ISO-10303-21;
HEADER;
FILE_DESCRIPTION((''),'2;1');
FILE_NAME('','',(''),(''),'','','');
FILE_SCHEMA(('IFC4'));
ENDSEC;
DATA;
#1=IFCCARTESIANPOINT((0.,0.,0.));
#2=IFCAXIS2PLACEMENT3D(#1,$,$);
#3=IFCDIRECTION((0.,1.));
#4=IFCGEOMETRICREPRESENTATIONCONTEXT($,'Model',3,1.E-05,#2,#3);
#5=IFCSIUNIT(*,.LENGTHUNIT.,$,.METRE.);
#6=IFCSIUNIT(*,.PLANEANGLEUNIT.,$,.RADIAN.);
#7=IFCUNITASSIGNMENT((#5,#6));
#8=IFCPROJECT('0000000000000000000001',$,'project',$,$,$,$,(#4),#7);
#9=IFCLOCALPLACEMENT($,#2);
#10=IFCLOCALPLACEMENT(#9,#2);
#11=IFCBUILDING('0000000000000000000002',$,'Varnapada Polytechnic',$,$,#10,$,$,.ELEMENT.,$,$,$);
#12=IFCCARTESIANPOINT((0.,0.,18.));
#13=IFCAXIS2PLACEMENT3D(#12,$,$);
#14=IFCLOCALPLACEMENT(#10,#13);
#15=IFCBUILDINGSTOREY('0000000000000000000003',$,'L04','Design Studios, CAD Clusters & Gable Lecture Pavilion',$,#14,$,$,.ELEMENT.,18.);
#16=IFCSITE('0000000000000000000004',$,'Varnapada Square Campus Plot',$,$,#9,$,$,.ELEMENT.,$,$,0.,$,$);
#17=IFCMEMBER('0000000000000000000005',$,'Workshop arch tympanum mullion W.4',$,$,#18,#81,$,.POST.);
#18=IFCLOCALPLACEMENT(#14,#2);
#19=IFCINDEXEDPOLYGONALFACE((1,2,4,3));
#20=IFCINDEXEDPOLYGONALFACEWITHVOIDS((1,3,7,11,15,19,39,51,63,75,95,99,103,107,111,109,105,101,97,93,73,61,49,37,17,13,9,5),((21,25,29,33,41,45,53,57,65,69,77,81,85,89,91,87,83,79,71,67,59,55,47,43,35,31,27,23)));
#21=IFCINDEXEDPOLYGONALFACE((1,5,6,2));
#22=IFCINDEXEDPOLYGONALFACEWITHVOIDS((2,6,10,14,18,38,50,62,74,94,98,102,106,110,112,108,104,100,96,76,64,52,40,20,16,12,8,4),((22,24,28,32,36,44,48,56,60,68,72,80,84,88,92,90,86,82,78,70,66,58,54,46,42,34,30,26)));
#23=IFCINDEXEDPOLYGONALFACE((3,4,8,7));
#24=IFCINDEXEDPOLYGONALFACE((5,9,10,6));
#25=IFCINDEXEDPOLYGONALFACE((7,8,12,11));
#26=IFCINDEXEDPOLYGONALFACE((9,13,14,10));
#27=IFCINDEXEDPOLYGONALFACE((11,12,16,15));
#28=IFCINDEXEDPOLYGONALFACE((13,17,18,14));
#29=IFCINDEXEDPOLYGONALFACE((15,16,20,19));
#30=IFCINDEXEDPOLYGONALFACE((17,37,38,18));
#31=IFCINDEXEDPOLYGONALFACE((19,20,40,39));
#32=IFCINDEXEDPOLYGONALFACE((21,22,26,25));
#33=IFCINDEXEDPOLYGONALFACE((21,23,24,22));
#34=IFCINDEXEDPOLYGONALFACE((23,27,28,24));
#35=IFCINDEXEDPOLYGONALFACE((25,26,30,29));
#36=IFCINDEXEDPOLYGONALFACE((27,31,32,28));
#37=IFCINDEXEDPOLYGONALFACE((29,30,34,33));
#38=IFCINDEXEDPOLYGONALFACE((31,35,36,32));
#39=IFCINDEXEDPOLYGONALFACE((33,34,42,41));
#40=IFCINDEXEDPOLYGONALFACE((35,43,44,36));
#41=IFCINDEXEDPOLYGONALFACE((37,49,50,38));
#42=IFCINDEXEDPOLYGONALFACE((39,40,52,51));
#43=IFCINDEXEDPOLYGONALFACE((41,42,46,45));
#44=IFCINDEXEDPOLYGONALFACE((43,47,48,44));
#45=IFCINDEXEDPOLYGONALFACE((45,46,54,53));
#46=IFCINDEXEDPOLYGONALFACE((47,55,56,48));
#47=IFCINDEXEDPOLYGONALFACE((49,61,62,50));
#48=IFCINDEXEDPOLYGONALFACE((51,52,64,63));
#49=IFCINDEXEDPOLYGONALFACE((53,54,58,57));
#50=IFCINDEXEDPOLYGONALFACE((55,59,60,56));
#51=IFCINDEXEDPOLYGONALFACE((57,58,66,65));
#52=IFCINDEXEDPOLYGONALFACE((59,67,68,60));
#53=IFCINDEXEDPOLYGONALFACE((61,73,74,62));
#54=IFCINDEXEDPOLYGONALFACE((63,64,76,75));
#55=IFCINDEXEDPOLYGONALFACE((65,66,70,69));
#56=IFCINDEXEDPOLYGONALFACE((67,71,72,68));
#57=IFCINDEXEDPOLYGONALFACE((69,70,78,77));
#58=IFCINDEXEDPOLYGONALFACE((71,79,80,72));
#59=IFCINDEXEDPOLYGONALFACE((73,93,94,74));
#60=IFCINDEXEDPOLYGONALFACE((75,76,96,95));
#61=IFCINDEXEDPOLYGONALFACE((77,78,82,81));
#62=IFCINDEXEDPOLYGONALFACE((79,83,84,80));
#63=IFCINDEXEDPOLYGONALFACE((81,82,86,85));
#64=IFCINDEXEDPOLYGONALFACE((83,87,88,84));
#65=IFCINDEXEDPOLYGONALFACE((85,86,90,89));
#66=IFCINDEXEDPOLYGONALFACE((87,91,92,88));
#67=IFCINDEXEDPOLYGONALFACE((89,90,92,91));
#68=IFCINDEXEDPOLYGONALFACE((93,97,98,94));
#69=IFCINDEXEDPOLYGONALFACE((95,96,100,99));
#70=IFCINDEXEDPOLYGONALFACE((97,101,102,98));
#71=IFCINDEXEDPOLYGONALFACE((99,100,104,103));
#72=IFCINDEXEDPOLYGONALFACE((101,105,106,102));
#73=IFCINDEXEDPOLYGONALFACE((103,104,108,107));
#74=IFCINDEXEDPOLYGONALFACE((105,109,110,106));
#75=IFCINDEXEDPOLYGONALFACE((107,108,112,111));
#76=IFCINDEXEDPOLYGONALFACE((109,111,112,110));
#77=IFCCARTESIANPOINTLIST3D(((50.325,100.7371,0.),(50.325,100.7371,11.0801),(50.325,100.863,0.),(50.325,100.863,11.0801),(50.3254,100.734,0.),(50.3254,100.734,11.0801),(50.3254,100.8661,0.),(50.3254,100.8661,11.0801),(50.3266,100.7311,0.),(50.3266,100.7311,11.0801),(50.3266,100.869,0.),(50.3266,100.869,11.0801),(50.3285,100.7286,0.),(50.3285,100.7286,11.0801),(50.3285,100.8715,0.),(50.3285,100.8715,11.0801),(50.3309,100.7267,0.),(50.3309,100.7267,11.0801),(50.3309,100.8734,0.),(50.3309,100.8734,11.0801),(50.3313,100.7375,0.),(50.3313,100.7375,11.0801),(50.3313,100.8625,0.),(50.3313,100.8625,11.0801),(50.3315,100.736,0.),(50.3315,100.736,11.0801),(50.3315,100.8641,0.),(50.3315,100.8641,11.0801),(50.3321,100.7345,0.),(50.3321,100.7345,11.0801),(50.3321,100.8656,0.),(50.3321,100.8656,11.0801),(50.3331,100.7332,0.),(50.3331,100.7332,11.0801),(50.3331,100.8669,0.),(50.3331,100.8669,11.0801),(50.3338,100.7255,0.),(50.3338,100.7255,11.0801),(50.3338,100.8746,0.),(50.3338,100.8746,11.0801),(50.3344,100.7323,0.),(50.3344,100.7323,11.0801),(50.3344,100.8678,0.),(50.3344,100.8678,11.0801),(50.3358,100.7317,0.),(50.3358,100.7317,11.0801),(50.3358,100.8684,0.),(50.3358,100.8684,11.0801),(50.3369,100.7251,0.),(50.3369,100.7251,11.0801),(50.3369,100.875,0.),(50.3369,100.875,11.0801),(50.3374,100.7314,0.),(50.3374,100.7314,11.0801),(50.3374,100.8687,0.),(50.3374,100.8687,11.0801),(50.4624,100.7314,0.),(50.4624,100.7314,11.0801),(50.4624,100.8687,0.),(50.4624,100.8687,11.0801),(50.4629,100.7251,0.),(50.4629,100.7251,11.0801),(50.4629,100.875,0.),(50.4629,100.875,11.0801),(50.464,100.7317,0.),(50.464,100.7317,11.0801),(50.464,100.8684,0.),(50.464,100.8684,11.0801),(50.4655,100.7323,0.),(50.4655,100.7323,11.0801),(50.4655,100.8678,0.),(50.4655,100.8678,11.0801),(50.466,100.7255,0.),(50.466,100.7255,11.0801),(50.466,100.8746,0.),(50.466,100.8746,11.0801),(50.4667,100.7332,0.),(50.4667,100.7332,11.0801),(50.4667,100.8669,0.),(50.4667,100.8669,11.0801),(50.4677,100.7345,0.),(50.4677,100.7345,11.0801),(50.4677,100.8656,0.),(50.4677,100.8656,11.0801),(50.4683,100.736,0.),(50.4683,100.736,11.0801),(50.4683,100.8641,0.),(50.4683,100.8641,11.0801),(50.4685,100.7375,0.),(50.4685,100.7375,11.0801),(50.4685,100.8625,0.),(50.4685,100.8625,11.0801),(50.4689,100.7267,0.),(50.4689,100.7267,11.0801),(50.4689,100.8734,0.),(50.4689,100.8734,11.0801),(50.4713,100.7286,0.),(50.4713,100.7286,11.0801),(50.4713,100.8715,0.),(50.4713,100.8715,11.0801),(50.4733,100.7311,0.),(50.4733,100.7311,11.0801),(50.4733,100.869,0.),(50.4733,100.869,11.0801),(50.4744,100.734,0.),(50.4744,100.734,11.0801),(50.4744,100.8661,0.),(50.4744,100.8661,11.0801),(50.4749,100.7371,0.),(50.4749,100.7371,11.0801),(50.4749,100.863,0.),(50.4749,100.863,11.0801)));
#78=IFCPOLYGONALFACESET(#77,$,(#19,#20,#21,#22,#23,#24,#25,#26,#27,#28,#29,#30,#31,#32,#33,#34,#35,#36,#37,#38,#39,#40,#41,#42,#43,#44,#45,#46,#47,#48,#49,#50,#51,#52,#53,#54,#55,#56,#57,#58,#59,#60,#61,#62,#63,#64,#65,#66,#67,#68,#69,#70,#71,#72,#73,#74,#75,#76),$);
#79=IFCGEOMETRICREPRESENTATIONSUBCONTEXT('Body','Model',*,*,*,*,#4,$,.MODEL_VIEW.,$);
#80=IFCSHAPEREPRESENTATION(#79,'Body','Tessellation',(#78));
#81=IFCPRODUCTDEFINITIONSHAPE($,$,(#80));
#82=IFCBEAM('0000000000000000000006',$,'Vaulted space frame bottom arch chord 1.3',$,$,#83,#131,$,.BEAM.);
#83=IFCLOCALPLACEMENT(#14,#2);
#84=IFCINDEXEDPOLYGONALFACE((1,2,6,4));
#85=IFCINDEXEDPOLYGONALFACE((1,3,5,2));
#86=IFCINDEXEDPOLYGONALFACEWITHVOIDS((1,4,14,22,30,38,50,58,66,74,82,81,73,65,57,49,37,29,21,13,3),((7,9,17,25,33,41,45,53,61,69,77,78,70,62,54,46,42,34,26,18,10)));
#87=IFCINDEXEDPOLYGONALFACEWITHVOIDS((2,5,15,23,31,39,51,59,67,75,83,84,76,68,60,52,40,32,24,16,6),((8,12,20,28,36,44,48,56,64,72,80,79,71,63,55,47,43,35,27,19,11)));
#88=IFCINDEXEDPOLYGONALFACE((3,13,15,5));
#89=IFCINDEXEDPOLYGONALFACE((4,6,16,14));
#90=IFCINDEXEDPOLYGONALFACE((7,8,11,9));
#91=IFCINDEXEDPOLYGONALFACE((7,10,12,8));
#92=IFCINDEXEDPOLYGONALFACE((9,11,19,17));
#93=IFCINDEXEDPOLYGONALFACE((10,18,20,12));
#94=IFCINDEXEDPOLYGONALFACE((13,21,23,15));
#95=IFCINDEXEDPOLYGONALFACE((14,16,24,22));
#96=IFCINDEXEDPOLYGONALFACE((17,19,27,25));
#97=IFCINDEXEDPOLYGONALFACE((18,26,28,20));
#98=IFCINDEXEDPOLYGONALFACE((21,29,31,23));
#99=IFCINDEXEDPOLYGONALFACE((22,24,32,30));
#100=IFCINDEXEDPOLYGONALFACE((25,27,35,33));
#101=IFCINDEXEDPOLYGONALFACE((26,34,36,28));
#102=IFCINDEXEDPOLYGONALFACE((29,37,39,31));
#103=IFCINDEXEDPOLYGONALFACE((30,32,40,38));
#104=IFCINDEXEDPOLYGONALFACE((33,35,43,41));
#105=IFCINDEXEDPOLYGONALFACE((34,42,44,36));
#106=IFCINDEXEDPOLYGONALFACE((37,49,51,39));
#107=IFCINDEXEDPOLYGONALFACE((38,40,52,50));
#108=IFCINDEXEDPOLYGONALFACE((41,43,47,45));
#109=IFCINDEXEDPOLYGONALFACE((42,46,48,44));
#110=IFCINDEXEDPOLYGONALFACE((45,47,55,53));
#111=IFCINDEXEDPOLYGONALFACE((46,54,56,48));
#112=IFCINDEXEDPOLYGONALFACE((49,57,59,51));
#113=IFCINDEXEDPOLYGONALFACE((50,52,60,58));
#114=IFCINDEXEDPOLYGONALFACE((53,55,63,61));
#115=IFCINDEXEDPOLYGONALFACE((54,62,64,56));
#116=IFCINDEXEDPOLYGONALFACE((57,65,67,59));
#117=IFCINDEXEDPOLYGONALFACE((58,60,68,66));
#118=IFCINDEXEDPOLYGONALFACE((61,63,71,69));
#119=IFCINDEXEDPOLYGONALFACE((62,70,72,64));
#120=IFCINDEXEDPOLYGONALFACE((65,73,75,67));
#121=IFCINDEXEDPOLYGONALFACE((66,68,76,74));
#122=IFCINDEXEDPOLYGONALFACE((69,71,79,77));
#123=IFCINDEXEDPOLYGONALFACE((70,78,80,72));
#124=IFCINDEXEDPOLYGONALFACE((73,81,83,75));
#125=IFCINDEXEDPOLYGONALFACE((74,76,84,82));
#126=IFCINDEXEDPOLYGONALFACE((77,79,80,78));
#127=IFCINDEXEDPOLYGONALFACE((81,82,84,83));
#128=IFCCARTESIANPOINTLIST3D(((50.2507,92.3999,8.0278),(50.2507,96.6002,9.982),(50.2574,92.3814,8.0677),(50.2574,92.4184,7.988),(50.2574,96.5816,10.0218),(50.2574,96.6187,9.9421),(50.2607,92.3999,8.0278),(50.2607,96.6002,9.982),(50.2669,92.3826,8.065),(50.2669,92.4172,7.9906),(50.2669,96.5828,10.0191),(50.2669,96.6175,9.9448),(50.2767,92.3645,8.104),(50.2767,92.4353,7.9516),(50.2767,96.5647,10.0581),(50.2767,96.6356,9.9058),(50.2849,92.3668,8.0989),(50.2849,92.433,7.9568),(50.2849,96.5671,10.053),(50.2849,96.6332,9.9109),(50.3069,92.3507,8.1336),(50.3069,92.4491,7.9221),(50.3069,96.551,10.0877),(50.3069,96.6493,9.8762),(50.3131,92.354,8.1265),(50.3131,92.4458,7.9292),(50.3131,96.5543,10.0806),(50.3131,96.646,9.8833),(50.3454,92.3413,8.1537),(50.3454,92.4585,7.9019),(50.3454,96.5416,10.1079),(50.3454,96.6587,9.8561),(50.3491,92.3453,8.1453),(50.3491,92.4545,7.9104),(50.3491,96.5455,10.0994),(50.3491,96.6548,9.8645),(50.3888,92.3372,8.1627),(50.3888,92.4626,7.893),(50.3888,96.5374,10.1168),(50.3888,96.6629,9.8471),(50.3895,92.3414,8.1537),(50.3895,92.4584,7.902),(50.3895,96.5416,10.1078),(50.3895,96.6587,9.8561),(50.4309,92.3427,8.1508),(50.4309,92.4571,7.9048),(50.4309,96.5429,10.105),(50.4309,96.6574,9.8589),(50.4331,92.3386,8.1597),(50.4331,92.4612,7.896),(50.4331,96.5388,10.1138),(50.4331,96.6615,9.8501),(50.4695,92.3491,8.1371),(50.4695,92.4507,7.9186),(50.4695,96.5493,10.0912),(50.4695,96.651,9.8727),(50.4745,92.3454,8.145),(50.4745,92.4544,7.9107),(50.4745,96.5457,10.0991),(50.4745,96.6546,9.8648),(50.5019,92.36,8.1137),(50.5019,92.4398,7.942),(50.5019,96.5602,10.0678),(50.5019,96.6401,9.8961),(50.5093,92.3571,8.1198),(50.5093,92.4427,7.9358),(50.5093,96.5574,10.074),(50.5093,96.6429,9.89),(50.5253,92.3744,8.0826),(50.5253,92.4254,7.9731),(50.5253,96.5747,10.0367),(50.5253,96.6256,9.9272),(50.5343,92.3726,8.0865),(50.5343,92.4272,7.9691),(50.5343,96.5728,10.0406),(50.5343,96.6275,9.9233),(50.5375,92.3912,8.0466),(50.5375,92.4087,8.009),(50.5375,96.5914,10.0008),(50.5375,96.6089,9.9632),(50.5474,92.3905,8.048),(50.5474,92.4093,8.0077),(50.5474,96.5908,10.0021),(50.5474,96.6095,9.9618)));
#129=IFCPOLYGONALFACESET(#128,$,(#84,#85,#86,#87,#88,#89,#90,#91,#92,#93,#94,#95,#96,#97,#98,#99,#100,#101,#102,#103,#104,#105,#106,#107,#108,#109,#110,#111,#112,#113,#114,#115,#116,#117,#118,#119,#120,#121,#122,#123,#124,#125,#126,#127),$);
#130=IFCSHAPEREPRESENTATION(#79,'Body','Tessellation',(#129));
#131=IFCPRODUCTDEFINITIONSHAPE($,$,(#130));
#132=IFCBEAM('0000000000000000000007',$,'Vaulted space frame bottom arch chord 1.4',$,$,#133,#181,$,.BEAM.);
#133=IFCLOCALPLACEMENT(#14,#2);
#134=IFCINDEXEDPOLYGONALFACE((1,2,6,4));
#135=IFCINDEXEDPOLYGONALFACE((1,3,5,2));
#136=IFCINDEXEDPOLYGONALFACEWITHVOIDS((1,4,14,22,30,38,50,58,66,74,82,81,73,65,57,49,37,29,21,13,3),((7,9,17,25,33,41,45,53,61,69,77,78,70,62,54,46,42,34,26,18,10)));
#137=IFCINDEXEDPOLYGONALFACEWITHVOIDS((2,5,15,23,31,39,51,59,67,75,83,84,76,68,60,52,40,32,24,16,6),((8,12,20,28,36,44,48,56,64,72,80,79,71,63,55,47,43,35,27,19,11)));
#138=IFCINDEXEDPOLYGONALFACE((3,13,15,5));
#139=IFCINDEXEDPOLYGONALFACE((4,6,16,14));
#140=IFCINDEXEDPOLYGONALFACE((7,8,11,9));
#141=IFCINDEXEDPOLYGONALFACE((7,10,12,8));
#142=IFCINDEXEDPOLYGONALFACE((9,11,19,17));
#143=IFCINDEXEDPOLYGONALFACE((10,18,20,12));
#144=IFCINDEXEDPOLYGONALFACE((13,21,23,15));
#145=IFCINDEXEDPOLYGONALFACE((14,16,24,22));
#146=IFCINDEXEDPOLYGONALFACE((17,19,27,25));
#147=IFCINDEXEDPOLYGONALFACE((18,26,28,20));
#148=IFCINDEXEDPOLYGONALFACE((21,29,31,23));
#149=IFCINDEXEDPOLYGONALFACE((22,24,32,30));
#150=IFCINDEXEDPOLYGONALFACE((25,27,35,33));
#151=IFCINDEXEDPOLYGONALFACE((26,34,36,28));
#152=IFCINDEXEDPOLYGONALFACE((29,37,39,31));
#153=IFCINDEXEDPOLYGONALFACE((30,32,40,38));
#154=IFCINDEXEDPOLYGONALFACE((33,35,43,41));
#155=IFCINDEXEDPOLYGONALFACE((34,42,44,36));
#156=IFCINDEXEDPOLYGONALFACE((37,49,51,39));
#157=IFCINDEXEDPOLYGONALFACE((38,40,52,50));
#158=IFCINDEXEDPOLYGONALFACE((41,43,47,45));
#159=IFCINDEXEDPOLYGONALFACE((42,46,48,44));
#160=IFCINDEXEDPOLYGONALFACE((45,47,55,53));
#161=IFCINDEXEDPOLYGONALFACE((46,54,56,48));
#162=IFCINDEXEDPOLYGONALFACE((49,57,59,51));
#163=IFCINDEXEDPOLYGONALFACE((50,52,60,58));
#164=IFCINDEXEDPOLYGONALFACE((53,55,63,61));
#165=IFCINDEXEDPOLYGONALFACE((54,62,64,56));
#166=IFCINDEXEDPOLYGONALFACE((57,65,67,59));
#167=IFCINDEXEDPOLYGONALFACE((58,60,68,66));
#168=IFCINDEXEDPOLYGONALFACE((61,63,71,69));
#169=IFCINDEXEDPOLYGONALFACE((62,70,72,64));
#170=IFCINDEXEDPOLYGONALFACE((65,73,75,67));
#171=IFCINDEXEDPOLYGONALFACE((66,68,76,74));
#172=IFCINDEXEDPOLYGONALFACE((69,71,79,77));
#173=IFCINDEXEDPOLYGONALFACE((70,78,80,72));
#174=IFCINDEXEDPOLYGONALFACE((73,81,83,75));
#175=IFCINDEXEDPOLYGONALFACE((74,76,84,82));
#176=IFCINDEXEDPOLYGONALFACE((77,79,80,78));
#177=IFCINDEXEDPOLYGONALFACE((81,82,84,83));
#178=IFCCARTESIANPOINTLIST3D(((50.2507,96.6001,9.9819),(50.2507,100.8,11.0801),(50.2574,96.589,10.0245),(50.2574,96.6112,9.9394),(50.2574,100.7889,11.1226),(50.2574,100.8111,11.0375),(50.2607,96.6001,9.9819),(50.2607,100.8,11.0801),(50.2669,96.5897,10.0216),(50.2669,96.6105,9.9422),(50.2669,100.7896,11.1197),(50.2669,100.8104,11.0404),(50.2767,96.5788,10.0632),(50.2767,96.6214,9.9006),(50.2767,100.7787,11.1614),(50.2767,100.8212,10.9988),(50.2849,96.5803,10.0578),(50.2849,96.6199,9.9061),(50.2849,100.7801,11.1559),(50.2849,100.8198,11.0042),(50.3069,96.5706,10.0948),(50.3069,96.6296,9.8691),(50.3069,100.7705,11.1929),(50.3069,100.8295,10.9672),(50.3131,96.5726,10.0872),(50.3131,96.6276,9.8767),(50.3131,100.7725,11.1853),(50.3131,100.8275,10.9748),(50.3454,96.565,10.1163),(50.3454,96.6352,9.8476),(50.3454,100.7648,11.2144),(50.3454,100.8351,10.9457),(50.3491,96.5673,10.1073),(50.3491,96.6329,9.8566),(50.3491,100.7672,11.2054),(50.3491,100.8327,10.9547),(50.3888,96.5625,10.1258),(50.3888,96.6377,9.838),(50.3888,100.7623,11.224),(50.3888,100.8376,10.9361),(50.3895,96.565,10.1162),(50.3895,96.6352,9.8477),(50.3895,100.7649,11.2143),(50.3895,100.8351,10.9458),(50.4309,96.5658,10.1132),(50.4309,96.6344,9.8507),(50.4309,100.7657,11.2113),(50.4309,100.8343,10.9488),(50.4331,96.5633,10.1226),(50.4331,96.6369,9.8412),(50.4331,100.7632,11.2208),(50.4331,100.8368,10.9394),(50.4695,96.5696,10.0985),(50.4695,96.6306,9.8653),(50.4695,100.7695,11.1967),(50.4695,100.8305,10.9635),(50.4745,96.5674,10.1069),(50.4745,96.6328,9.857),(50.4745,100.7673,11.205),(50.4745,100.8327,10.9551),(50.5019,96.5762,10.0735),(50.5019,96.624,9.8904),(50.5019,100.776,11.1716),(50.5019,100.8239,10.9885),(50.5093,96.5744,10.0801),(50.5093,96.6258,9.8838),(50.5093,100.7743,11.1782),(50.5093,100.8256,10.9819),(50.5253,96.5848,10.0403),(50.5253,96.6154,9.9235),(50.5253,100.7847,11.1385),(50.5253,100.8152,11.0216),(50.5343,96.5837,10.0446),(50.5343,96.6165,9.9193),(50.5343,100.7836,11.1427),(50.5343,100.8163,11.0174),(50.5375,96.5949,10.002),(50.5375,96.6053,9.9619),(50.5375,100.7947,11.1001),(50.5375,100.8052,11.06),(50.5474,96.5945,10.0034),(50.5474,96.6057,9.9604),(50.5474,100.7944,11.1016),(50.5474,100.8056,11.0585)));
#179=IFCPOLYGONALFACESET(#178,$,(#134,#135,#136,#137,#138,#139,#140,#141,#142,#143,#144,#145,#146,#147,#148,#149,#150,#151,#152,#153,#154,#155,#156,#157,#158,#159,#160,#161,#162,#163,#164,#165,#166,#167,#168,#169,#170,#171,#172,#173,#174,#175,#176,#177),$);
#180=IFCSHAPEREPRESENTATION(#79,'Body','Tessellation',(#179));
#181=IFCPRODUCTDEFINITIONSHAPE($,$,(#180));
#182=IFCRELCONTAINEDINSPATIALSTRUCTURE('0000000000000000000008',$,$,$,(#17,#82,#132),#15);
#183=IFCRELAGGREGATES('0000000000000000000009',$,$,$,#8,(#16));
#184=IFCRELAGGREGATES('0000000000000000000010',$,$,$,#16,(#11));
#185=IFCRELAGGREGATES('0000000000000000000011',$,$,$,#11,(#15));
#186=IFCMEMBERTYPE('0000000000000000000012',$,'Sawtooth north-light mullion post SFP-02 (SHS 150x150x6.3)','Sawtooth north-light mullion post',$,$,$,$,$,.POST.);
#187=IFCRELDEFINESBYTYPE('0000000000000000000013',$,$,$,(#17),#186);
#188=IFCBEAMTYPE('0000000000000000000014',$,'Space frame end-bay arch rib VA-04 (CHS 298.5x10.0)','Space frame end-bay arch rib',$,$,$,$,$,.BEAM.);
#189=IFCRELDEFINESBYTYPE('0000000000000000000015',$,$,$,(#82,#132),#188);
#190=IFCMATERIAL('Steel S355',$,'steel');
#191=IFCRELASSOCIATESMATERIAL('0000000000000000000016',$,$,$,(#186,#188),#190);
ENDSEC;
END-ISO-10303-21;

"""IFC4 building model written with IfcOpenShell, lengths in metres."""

from ifc_helpers import new_model, si_unit, direction, frame, origin, origin_2d, place, context, subcontext, project, spatial, hollow_rectangle, hollow_circle, extrude, material, material_profile, profile_set, type_object, element, save


model = new_model("IFC4")

# Units and contexts
model_context = context("Model", 3, precision=1e-05, world=origin(), true_north=direction((0.0, 1.0)))
body_context = subcontext(model_context, "Body", "Model", "MODEL_VIEW")
ifc_project = project(units=[si_unit("LENGTHUNIT", "METRE"), si_unit("PLANEANGLEUNIT", "RADIAN")], contexts=[model_context])

# Site, building, storey
site_placement = place(None, origin())
site = spatial("IfcSite", under=ifc_project, at=site_placement, Name="Varnapada Square Campus Plot", CompositionType="ELEMENT", RefElevation=0.0)
building_placement = place(site_placement, origin())
building = spatial("IfcBuilding", under=site, at=building_placement, Name="Varnapada Polytechnic", CompositionType="ELEMENT")
storey_placement = place(building_placement, frame((0.0, 0.0, 18.0)))
storey = spatial("IfcBuildingStorey", under=building, at=storey_placement, Name="L04", Description="Design Studios, CAD Clusters & Gable Lecture Pavilion", CompositionType="ELEMENT", Elevation=18.0)

# Member
ifc_material = material(Name="Steel S355", Category="steel")
ifc_material_profile_1 = material_profile(ifc_material, hollow_rectangle(XDim=0.1499, YDim=0.1499, WallThickness=0.0063, InnerFilletRadius=0.0061, OuterFilletRadius=0.012, at=origin_2d()), Name="SHS 150x150x6.3")
ifc_profile_set_1 = profile_set([ifc_material_profile_1], Name="Steel S355")
member_type_1 = type_object("IfcMemberType", Name="Sawtooth north-light mullion post SFP-02 (SHS 150x150x6.3)", Description="Sawtooth north-light mullion post", PredefinedType="POST", material=ifc_profile_set_1)
member_1_placement = place(storey_placement, frame((50.3999, 100.8, 0.0), z_axis=(0.0, 0.0, 1.0), x_axis=(1.0, 0.0, 0.0)))
element("IfcMember", 1, at=member_1_placement, inside=storey, type_object=member_type_1, Name="Workshop arch tympanum mullion W.4", PredefinedType="POST", context=body_context, shape_type="SweptSolid", body=[
    extrude(hollow_rectangle(XDim=0.1499, YDim=0.1499, WallThickness=0.0063, InnerFilletRadius=0.0061, OuterFilletRadius=0.012, at=origin_2d()), origin(), (0.0, 0.0, 1.0), 11.0801),
])

# Beams
ifc_material_profile_2 = material_profile(ifc_material, hollow_circle(Radius=0.1492, WallThickness=0.01, at=origin_2d()), Name="CHS 298.5x10.0")
ifc_profile_set_2 = profile_set([ifc_material_profile_2], Name="Steel S355")
beam_type_1 = type_object("IfcBeamType", Name="Space frame end-bay arch rib VA-04 (CHS 298.5x10.0)", Description="Space frame end-bay arch rib", PredefinedType="BEAM", material=ifc_profile_set_2)
beam_1_placement = place(storey_placement, frame((50.3999, 92.3999, 8.0278), z_axis=(0.0, 0.906678, 0.421823), x_axis=(-1.0, 0.0, 0.0)))
element("IfcBeam", 2, at=beam_1_placement, inside=storey, type_object=beam_type_1, Name="Vaulted space frame bottom arch chord 1.3", PredefinedType="BEAM", context=body_context, shape_type="SweptSolid", body=[
    extrude(hollow_circle(Radius=0.1492, WallThickness=0.01, at=origin_2d()), origin(), (0.0, 0.0, 1.0), 4.6326),
])
beam_2_placement = place(storey_placement, frame((50.3999, 96.6001, 9.9819), z_axis=(0.0, 0.967476, 0.252962), x_axis=(-1.0, 0.0, 0.0)))
element("IfcBeam", 3, at=beam_2_placement, inside=storey, type_object=beam_type_1, Name="Vaulted space frame bottom arch chord 1.4", PredefinedType="BEAM", context=body_context, shape_type="SweptSolid", body=[
    extrude(hollow_circle(Radius=0.1492, WallThickness=0.01, at=origin_2d()), origin(), (0.0, 0.0, 1.0), 4.3411),
])

save(model, "model.ifc")
